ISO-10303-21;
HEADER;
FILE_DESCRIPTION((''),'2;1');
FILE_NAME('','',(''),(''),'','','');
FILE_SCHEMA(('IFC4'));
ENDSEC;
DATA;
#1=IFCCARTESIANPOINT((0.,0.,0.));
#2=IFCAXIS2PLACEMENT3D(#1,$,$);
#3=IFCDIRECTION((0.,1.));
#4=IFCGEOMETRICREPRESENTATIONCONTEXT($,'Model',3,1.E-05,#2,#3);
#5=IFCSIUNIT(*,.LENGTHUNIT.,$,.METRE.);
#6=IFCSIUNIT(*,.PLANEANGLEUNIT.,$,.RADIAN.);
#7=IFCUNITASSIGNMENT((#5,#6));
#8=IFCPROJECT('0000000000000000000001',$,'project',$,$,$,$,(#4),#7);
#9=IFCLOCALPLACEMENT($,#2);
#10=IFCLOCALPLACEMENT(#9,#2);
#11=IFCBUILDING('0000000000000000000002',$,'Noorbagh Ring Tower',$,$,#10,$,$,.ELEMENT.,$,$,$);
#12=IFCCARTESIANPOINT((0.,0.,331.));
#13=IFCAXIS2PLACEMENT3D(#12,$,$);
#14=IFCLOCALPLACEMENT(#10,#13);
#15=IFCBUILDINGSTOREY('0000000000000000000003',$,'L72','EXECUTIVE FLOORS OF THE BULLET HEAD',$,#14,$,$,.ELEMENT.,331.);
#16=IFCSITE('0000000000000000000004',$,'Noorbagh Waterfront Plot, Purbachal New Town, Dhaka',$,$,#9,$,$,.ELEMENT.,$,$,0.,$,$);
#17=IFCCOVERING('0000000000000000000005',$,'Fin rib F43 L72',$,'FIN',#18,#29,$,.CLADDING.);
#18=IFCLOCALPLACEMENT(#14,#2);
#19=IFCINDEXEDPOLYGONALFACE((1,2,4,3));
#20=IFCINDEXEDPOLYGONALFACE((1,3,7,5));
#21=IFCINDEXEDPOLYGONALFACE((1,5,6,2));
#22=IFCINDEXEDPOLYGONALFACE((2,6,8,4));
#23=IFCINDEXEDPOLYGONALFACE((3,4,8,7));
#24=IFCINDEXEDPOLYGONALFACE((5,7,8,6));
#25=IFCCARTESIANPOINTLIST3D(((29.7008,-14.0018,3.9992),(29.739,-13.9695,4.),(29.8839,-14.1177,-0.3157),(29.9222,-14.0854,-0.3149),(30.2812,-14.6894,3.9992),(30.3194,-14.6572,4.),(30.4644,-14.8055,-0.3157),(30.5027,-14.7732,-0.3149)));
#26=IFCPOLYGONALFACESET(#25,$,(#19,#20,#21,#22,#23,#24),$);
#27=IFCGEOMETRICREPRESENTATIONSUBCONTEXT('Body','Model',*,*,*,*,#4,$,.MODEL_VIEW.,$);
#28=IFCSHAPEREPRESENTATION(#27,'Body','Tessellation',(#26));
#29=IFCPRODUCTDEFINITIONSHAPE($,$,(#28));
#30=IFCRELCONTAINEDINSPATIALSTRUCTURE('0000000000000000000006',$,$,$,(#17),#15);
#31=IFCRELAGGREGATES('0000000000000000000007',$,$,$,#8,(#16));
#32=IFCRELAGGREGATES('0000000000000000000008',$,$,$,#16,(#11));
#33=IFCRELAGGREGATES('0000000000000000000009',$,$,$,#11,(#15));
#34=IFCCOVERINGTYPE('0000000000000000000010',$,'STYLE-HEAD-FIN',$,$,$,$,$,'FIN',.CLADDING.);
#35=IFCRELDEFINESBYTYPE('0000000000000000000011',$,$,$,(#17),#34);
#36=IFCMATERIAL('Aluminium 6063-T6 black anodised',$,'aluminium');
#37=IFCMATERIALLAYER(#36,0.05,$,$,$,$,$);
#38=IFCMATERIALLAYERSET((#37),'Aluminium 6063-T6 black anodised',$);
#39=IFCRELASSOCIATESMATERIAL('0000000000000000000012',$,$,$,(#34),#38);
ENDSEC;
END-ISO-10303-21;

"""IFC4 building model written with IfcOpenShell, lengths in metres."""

from ifc_helpers import new_model, si_unit, direction, frame, origin, place, context, subcontext, project, spatial, polyline, outline, extrude, material, layer, layer_set, type_object, element, save


model = new_model("IFC4")

# Units and contexts
model_context = context("Model", 3, precision=1e-05, world=origin(), true_north=direction((0.0, 1.0)))
body_context = subcontext(model_context, "Body", "Model", "MODEL_VIEW")
ifc_project = project(units=[si_unit("LENGTHUNIT", "METRE"), si_unit("PLANEANGLEUNIT", "RADIAN")], contexts=[model_context])

# Site, building, storey
site_placement = place(None, origin())
site = spatial("IfcSite", under=ifc_project, at=site_placement, Name="Noorbagh Waterfront Plot, Purbachal New Town, Dhaka", CompositionType="ELEMENT", RefElevation=0.0)
building_placement = place(site_placement, origin())
building = spatial("IfcBuilding", under=site, at=building_placement, Name="Noorbagh Ring Tower", CompositionType="ELEMENT")
storey_placement = place(building_placement, frame((0.0, 0.0, 331.0)))
storey = spatial("IfcBuildingStorey", under=building, at=storey_placement, Name="L72", Description="EXECUTIVE FLOORS OF THE BULLET HEAD", CompositionType="ELEMENT", Elevation=331.0)

# Covering
ifc_material_1 = material(Name="Aluminium 6063-T6 black anodised", Category="aluminium")
ifc_layer_1 = layer(ifc_material_1, 0.05)
ifc_layer_set_1 = layer_set([ifc_layer_1], Name="Aluminium 6063-T6 black anodised")
covering_type_1 = type_object("IfcCoveringType", Name="STYLE-HEAD-FIN", ElementType="FIN", PredefinedType="CLADDING", material=ifc_layer_set_1)
covering_1_placement = place(storey_placement, frame((30.5027, -14.7732, -0.3149), z_axis=(0.764116, 0.644901, 0.015115), x_axis=(-0.042422, 0.026856, 0.998739)))
element("IfcCovering", 1, at=covering_1_placement, inside=storey, type_object=covering_type_1, Name="Fin rib F43 L72", ObjectType="FIN", PredefinedType="CLADDING", context=body_context, shape_type="SweptSolid", body=[
    extrude(outline(polyline([(0.0, 0.0), (4.3204, 0.0), (4.3635, -0.8988), (0.0431, -0.899), (0.0, 0.0)])), origin(), (0.0, 0.0, -1.0), 0.05),
])

save(model, "model.ifc")
